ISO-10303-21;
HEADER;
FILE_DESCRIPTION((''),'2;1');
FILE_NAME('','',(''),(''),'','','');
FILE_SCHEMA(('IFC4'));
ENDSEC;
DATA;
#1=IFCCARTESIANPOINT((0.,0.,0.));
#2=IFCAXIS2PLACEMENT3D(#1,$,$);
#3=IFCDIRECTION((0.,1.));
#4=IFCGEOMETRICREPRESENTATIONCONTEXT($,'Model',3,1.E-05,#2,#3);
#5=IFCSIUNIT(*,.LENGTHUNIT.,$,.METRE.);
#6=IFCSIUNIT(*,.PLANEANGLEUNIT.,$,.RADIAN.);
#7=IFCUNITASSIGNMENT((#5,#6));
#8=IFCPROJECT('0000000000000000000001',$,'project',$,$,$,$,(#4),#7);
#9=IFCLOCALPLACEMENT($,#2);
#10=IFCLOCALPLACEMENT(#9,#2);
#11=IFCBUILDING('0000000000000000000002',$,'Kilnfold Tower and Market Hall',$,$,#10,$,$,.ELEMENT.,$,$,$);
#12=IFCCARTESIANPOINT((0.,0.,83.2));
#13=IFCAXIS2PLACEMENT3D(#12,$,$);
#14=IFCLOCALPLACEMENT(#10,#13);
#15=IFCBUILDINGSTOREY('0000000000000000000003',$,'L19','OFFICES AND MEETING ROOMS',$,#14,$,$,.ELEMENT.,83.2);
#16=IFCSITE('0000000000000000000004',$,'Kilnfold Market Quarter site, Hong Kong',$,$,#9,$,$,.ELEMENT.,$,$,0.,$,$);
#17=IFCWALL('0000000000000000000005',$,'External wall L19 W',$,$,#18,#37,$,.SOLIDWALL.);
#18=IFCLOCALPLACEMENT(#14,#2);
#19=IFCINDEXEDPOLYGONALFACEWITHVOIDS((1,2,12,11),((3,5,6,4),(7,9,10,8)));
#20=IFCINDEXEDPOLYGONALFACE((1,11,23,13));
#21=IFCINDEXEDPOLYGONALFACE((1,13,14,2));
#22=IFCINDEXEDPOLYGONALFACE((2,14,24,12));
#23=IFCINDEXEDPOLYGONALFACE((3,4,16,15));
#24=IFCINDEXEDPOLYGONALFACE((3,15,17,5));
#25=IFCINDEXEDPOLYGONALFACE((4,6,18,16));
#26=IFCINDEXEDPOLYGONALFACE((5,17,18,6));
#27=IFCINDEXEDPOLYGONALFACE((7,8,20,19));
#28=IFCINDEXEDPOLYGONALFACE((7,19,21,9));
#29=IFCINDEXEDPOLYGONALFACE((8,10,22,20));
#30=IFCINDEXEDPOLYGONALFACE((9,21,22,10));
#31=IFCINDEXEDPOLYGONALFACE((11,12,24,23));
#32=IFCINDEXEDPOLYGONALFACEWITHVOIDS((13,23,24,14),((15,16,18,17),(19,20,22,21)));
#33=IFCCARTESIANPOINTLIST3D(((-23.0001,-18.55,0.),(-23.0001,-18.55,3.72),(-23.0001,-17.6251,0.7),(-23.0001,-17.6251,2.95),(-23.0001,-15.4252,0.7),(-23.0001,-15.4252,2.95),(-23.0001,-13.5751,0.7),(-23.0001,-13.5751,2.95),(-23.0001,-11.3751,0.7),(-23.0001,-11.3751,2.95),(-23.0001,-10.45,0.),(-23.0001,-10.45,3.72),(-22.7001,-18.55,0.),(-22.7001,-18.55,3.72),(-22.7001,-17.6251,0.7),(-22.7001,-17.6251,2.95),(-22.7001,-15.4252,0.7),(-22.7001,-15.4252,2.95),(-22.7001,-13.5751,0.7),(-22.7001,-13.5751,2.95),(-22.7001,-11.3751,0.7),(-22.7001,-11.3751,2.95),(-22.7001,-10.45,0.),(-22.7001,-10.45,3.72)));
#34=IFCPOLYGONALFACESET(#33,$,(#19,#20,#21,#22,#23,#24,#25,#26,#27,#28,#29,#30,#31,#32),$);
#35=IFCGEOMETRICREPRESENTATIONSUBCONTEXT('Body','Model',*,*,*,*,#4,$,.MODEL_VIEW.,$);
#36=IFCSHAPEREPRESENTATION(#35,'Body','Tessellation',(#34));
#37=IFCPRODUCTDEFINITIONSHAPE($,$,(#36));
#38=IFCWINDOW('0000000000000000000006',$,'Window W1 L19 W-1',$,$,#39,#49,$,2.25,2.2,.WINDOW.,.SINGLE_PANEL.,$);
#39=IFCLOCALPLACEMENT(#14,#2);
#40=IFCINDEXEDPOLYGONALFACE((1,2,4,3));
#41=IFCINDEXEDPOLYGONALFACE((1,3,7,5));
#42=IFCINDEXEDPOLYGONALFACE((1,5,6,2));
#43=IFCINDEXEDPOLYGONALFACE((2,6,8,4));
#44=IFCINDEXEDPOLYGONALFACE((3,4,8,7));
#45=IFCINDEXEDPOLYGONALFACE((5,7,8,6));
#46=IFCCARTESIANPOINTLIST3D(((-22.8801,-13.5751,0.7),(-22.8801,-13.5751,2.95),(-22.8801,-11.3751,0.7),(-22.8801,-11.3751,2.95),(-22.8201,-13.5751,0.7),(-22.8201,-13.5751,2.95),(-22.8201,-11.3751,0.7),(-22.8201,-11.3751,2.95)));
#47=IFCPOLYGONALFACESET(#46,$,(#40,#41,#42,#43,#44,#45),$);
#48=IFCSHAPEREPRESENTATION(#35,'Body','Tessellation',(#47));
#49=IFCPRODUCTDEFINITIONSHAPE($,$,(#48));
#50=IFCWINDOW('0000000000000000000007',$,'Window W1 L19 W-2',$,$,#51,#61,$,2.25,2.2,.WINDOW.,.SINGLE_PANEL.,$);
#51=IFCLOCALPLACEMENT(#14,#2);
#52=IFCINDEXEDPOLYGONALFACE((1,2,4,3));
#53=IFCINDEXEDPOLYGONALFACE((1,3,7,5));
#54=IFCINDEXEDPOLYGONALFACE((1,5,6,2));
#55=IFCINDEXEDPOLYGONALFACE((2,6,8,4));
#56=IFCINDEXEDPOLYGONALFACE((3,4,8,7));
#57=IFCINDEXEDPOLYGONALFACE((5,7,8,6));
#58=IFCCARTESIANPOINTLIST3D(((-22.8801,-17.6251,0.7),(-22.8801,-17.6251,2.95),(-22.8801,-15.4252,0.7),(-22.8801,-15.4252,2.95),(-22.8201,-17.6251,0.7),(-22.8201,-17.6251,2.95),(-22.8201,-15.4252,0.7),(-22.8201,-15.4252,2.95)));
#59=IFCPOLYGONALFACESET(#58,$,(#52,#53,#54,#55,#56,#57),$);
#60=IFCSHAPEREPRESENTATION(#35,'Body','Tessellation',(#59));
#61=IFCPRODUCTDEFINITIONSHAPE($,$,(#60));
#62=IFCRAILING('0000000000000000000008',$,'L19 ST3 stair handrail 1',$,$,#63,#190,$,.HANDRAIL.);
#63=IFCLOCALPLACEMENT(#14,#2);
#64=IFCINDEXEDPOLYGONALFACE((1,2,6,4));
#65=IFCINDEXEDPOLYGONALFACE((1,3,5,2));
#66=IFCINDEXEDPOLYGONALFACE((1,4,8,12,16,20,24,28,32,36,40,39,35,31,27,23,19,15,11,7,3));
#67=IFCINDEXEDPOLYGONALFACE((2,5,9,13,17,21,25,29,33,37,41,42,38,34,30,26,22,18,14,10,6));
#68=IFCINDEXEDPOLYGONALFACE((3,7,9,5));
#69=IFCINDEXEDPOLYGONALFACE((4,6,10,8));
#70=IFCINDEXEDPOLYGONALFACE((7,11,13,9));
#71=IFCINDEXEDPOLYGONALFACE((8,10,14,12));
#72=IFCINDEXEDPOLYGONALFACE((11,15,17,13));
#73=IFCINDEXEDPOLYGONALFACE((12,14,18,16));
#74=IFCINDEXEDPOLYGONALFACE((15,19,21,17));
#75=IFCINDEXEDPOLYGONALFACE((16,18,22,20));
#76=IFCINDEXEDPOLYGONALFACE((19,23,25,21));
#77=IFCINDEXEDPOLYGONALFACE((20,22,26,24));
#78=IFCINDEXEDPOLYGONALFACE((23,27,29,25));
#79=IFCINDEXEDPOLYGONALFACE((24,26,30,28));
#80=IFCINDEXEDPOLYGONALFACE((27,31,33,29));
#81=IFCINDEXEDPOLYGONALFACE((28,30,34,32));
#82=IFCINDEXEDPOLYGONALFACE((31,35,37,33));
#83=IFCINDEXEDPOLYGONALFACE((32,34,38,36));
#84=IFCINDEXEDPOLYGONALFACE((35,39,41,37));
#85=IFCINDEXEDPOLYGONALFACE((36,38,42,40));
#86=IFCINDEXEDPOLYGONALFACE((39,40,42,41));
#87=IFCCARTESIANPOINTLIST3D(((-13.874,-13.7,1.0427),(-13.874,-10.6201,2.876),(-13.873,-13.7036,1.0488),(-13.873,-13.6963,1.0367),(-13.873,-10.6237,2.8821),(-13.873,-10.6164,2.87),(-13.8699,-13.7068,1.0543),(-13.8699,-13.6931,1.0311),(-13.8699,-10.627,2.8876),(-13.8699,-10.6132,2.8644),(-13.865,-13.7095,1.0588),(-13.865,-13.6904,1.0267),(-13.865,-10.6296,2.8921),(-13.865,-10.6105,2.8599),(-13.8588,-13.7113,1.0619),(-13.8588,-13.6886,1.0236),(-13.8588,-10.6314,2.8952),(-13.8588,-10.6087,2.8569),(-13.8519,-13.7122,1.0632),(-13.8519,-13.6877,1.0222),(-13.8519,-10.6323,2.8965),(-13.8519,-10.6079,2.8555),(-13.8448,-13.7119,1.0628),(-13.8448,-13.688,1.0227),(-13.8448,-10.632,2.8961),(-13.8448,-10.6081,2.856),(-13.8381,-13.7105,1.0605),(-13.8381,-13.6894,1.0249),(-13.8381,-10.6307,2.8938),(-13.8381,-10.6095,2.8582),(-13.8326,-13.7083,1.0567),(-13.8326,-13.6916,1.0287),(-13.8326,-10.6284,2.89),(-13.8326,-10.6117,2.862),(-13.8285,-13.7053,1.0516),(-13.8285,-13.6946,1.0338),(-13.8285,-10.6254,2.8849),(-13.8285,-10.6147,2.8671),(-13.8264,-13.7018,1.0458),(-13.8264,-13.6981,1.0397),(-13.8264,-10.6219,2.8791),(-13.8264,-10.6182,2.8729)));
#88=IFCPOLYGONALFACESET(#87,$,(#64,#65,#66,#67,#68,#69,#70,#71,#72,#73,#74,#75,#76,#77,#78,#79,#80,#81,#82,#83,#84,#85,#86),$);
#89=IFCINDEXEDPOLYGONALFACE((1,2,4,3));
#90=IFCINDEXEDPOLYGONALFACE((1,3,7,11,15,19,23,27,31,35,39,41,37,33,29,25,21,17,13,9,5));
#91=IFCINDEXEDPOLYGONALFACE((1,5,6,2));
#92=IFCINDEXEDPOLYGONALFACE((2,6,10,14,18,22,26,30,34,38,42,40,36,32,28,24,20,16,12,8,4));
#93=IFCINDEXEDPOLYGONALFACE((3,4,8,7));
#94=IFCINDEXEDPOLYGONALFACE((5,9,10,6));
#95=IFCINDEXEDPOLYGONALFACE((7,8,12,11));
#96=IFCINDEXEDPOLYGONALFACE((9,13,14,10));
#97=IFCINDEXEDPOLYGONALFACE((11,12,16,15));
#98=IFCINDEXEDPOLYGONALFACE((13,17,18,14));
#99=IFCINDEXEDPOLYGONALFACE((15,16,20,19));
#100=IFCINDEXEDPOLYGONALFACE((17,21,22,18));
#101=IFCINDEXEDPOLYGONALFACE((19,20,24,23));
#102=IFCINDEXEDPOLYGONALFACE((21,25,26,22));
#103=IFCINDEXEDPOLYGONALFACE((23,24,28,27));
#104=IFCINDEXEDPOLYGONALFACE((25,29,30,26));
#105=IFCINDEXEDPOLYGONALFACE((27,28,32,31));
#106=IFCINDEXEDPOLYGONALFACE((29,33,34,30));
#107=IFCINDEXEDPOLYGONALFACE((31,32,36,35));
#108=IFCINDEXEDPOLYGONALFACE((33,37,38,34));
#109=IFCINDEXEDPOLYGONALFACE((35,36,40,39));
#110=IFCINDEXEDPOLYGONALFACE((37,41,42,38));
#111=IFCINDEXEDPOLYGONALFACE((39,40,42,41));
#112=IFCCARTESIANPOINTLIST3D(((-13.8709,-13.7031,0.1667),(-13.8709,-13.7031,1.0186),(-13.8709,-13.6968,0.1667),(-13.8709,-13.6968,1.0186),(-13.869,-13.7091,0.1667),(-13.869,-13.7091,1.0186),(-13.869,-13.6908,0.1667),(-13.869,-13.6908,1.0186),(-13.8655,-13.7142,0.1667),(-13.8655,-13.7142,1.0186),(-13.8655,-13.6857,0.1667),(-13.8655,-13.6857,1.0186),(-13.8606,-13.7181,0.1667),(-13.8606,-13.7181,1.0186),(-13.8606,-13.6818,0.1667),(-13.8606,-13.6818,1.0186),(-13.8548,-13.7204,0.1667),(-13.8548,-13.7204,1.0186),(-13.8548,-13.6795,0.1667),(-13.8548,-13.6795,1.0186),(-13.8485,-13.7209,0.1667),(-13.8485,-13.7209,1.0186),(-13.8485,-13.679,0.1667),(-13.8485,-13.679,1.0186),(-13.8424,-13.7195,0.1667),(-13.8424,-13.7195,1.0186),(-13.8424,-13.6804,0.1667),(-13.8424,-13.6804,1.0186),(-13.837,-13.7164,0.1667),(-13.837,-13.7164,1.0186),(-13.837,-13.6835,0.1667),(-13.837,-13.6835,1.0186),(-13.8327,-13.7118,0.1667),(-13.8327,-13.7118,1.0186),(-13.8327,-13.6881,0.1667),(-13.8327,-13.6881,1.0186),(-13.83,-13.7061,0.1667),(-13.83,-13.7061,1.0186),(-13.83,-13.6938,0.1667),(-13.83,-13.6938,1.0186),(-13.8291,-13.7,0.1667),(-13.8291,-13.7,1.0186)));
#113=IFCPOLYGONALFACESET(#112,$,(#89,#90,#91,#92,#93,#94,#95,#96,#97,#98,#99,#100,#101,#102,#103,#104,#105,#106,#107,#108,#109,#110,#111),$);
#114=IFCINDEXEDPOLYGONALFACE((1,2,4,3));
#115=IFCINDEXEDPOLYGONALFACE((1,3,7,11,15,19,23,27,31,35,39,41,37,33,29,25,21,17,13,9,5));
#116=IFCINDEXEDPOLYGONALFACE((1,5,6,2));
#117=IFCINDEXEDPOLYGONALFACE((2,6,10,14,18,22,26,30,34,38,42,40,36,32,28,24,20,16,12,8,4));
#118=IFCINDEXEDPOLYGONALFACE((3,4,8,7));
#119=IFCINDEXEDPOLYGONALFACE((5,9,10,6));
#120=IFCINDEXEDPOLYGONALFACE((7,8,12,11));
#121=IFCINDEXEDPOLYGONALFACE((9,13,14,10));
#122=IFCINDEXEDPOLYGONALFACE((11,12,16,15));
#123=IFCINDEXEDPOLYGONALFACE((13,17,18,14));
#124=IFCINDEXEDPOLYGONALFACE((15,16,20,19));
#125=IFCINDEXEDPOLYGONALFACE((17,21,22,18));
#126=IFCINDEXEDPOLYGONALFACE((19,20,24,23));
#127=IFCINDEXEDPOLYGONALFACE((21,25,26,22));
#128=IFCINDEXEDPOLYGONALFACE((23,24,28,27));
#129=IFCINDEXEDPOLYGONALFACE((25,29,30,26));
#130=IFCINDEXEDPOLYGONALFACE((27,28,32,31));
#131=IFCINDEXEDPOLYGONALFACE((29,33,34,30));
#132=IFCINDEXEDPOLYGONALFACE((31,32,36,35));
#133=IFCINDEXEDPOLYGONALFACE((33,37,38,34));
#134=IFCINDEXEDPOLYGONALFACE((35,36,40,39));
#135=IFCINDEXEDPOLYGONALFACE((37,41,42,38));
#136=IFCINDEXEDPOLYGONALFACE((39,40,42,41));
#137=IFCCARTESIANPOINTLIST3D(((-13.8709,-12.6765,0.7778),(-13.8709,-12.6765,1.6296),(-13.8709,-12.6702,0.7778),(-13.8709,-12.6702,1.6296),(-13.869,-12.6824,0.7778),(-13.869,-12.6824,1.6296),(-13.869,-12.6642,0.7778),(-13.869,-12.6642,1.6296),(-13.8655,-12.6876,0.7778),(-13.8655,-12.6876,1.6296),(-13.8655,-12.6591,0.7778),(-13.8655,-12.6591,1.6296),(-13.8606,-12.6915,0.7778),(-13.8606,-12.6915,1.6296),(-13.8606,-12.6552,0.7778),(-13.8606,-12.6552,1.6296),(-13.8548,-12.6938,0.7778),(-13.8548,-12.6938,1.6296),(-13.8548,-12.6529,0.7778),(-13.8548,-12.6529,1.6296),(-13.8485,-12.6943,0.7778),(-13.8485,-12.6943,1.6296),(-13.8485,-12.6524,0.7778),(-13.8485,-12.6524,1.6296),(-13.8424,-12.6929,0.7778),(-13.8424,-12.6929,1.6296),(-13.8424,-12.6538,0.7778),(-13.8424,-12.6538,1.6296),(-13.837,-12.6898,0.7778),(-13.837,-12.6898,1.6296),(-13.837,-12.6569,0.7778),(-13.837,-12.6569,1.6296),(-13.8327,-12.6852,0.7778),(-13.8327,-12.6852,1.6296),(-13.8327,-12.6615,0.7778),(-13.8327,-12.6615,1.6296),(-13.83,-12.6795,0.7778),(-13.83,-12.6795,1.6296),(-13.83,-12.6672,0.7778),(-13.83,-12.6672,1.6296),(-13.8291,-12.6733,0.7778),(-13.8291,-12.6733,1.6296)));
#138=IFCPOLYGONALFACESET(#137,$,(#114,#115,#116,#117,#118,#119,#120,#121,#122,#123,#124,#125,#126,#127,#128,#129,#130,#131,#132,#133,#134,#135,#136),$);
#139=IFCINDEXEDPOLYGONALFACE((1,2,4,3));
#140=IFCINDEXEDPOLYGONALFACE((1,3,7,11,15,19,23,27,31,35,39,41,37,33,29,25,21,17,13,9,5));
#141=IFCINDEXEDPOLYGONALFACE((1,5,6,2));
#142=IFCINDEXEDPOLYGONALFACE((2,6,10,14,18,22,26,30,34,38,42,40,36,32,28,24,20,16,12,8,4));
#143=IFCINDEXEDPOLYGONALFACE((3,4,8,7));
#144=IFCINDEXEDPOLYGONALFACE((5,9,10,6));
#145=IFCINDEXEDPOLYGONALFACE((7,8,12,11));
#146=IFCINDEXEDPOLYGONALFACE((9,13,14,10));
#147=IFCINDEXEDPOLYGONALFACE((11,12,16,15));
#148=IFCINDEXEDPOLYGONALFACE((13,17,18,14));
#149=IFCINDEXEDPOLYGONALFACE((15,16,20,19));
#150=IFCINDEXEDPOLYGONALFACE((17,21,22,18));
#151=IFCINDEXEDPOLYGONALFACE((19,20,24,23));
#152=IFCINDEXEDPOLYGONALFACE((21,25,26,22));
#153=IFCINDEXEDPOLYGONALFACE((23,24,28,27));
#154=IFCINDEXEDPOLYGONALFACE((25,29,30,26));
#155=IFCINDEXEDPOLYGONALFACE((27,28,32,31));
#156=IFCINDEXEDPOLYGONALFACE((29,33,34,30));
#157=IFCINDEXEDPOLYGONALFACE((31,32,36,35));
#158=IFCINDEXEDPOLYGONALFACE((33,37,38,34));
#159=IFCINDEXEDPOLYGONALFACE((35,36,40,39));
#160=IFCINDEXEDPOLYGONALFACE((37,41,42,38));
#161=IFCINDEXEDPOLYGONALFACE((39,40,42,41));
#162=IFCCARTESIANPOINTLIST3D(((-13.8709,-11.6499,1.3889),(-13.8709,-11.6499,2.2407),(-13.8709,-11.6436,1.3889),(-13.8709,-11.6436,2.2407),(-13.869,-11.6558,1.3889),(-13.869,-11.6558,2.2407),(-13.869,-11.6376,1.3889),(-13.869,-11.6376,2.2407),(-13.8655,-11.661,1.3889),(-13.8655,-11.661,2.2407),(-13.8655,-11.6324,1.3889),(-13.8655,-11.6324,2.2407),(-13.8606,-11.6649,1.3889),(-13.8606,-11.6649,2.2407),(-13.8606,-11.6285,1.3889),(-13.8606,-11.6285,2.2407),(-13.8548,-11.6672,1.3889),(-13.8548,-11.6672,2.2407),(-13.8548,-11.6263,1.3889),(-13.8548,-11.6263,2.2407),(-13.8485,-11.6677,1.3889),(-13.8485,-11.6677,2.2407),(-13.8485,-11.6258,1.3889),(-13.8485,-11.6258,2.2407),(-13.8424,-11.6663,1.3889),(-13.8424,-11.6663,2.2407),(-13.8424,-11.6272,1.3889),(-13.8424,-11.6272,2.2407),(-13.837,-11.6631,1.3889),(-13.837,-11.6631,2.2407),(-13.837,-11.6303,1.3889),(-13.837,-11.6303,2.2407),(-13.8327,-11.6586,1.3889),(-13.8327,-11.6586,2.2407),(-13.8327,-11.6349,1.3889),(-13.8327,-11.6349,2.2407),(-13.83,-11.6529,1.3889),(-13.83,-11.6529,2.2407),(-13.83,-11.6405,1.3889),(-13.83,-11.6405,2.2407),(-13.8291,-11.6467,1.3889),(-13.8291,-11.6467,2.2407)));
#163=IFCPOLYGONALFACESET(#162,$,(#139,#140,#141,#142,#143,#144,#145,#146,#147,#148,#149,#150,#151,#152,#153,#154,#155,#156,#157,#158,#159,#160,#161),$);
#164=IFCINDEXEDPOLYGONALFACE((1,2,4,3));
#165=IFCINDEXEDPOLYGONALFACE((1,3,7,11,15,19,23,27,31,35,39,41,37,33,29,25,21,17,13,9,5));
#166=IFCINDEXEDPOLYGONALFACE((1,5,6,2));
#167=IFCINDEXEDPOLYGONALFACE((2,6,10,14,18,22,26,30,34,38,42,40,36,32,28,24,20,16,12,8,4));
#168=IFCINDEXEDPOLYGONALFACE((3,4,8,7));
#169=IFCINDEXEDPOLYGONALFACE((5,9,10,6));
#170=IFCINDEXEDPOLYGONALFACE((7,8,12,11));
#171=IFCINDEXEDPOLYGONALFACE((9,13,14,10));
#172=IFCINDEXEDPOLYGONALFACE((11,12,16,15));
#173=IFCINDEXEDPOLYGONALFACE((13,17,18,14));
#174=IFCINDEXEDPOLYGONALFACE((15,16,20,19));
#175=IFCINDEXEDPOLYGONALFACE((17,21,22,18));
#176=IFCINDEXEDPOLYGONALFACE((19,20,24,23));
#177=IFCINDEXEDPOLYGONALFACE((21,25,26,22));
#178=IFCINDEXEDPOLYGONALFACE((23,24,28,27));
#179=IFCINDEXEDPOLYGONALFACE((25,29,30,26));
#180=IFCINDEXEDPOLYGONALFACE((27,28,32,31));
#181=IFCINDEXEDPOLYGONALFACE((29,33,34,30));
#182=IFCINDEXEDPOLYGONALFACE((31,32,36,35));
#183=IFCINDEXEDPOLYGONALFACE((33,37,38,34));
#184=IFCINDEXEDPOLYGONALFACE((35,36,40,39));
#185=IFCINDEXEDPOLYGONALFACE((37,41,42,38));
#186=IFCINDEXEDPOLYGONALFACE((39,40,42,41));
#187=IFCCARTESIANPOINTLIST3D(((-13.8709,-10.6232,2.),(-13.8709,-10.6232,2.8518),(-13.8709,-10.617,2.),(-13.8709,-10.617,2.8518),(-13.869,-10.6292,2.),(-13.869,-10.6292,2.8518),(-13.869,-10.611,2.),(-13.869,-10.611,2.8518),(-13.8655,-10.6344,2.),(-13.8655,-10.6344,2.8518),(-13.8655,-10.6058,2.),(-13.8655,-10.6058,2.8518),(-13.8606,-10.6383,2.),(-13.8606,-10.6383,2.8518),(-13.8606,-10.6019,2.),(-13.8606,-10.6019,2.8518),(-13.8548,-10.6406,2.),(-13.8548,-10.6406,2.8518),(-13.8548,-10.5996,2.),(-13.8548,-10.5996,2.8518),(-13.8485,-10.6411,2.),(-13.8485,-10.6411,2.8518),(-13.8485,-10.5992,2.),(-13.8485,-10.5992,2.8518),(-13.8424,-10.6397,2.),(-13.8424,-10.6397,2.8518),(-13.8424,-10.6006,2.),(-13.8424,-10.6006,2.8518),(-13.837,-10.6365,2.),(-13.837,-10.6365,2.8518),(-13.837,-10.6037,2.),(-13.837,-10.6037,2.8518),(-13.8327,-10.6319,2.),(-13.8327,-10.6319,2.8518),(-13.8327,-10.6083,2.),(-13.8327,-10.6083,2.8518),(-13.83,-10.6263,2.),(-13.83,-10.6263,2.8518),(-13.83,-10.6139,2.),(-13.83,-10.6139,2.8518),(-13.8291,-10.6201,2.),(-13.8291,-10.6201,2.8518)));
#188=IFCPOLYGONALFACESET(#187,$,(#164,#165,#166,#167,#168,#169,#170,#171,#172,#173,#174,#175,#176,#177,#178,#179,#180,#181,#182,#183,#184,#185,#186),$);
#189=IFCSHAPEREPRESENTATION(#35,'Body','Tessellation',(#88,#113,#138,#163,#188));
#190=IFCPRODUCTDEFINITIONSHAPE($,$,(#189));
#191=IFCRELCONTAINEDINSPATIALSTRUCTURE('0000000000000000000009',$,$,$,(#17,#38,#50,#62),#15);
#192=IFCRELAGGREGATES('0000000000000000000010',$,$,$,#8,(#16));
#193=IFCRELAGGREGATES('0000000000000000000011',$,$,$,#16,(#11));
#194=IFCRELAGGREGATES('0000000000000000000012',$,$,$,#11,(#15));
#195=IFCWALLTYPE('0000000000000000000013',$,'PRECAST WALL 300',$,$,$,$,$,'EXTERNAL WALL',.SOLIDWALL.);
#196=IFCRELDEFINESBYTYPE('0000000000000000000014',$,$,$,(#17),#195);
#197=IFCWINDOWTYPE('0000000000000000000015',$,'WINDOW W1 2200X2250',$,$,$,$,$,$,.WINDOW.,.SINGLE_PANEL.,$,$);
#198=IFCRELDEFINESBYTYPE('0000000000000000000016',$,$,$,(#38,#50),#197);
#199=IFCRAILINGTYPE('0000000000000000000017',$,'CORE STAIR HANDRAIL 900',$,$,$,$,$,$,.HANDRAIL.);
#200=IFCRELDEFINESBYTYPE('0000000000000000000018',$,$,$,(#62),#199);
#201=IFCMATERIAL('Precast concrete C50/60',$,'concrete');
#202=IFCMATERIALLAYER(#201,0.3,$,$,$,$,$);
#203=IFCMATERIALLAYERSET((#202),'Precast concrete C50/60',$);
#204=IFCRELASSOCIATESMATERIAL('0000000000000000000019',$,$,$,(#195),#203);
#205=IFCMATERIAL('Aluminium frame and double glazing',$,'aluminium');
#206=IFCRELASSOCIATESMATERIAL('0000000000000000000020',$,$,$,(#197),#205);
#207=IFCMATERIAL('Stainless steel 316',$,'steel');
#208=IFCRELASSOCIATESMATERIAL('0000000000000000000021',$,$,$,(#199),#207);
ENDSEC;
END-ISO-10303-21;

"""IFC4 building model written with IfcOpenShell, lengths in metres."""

from ifc_helpers import new_model, si_unit, direction, frame, frame_2d, origin, origin_2d, place, context, subcontext, project, spatial, rectangle, circle, extrude, source, transform, mapped, material, layer, layer_set, type_object, element, fill, save


model = new_model("IFC4")

# Units and contexts
model_context = context("Model", 3, precision=1e-05, world=origin(), true_north=direction((0.0, 1.0)))
body_context = subcontext(model_context, "Body", "Model", "MODEL_VIEW")
ifc_project = project(units=[si_unit("LENGTHUNIT", "METRE"), si_unit("PLANEANGLEUNIT", "RADIAN")], contexts=[model_context])

# Site, building, storey
site_placement = place(None, origin())
site = spatial("IfcSite", under=ifc_project, at=site_placement, Name="Kilnfold Market Quarter site, Hong Kong", CompositionType="ELEMENT", RefElevation=0.0)
building_placement = place(site_placement, origin())
building = spatial("IfcBuilding", under=site, at=building_placement, Name="Kilnfold Tower and Market Hall", CompositionType="ELEMENT")
storey_placement = place(building_placement, frame((0.0, 0.0, 83.2)))
storey = spatial("IfcBuildingStorey", under=building, at=storey_placement, Name="L19", Description="OFFICES AND MEETING ROOMS", CompositionType="ELEMENT", Elevation=83.2)

# Wall, openings, windows
ifc_material_1 = material(Name="Precast concrete C50/60", Category="concrete")
ifc_layer_1 = layer(ifc_material_1, 0.3)
ifc_layer_set_1 = layer_set([ifc_layer_1], Name="Precast concrete C50/60")
wall_type_1 = type_object("IfcWallType", Name="PRECAST WALL 300", ElementType="EXTERNAL WALL", PredefinedType="SOLIDWALL", material=ifc_layer_set_1)
shared_shape_1 = source(origin(), body_context, "Body", "SweptSolid", [
    extrude(rectangle(XDim=8.1001, YDim=0.3, at=frame_2d((4.05, 0.0))), origin(), (0.0, 0.0, 1.0), 3.72),
])
ifc_material_2 = material(Name="Aluminium frame and double glazing", Category="aluminium")
window_type = type_object("IfcWindowType", Name="WINDOW W1 2200X2250", PartitioningType="SINGLE_PANEL", PredefinedType="WINDOW", material=ifc_material_2)
wall_1_placement = place(storey_placement, frame((-22.8501, -10.45, 0.0), z_axis=(0.0, 0.0, 1.0), x_axis=(0.0, -1.0, 0.0)))
wall_1 = element("IfcWall", 1, at=wall_1_placement, inside=storey, type_object=wall_type_1, Name="External wall L19 W", PredefinedType="SOLIDWALL", context=body_context, shape_type="MappedRepresentation", body=[
    mapped(shared_shape_1, transform((0.0, 0.0, 0.0))),
])
opening_1_placement = place(wall_1_placement, frame((0.925, 0.0, 0.7)))
opening_1 = element("IfcOpeningElement", 2, at=opening_1_placement, cuts=wall_1, PredefinedType="OPENING", context=body_context, shape_type="SweptSolid", body=[
    extrude(rectangle(XDim=2.2, YDim=2.25, at=frame_2d((1.1001, 1.125))), frame((0.0, 0.1602, 0.0), z_axis=(0.0, -1.0, 0.0), x_axis=(1.0, 0.0, 0.0)), (0.0, 0.0, 1.0), 0.3201),
])
opening_2_placement = place(wall_1_placement, frame((4.9751, 0.0, 0.7)))
opening_2 = element("IfcOpeningElement", 3, at=opening_2_placement, cuts=wall_1, PredefinedType="OPENING", context=body_context, shape_type="SweptSolid", body=[
    extrude(rectangle(XDim=2.2, YDim=2.25, at=frame_2d((1.1001, 1.125))), frame((0.0, 0.1602, 0.0), z_axis=(0.0, -1.0, 0.0), x_axis=(1.0, 0.0, 0.0)), (0.0, 0.0, 1.0), 0.3201),
])
window_1_placement = place(opening_1_placement, origin())
window_1 = element("IfcWindow", 4, at=window_1_placement, inside=storey, type_object=window_type, Name="Window W1 L19 W-1", OverallHeight=2.25, OverallWidth=2.2, PartitioningType="SINGLE_PANEL", PredefinedType="WINDOW", context=body_context, shape_type="SweptSolid", body=[
    extrude(rectangle(XDim=2.2, YDim=2.25, at=frame_2d((1.1001, 1.125))), frame((0.0, 0.03, 0.0), z_axis=(0.0, -1.0, 0.0), x_axis=(1.0, 0.0, 0.0)), (0.0, 0.0, 1.0), 0.0601),
])
fill(opening_1, window_1)
window_2_placement = place(opening_2_placement, origin())
window_2 = element("IfcWindow", 5, at=window_2_placement, inside=storey, type_object=window_type, Name="Window W1 L19 W-2", OverallHeight=2.25, OverallWidth=2.2, PartitioningType="SINGLE_PANEL", PredefinedType="WINDOW", context=body_context, shape_type="SweptSolid", body=[
    extrude(rectangle(XDim=2.2, YDim=2.25, at=frame_2d((1.1001, 1.125))), frame((0.0, 0.03, 0.0), z_axis=(0.0, -1.0, 0.0), x_axis=(1.0, 0.0, 0.0)), (0.0, 0.0, 1.0), 0.0601),
])
fill(opening_2, window_2)

# Railing
ifc_material_3 = material(Name="Stainless steel 316", Category="steel")
railing_type_1 = type_object("IfcRailingType", Name="CORE STAIR HANDRAIL 900", PredefinedType="HANDRAIL", material=ifc_material_3)
railing_1_placement = place(storey_placement, frame((-13.8501, -13.7, 0.1667)))
element("IfcRailing", 6, at=railing_1_placement, inside=storey, type_object=railing_type_1, Name="L19 ST3 stair handrail 1", PredefinedType="HANDRAIL", context=body_context, shape_type="SweptSolid", body=[
    extrude(circle(Radius=0.0239, at=origin_2d()), frame((0.0, 0.0, 0.876), z_axis=(0.0, 0.859291, 0.511487), x_axis=(-1.0, 0.0, 0.0)), (0.0, 0.0, 1.0), 3.5842),
    extrude(circle(Radius=0.021, at=origin_2d()), origin(), (0.0, 0.0, 1.0), 0.8518),
    extrude(circle(Radius=0.021, at=origin_2d()), frame((0.0, 1.0266, 0.6111)), (0.0, 0.0, 1.0), 0.8518),
    extrude(circle(Radius=0.021, at=origin_2d()), frame((0.0, 2.0532, 1.2222)), (0.0, 0.0, 1.0), 0.8518),
    extrude(circle(Radius=0.021, at=origin_2d()), frame((0.0, 3.0798, 1.8333)), (0.0, 0.0, 1.0), 0.8518),
])

save(model, "model.ifc")
